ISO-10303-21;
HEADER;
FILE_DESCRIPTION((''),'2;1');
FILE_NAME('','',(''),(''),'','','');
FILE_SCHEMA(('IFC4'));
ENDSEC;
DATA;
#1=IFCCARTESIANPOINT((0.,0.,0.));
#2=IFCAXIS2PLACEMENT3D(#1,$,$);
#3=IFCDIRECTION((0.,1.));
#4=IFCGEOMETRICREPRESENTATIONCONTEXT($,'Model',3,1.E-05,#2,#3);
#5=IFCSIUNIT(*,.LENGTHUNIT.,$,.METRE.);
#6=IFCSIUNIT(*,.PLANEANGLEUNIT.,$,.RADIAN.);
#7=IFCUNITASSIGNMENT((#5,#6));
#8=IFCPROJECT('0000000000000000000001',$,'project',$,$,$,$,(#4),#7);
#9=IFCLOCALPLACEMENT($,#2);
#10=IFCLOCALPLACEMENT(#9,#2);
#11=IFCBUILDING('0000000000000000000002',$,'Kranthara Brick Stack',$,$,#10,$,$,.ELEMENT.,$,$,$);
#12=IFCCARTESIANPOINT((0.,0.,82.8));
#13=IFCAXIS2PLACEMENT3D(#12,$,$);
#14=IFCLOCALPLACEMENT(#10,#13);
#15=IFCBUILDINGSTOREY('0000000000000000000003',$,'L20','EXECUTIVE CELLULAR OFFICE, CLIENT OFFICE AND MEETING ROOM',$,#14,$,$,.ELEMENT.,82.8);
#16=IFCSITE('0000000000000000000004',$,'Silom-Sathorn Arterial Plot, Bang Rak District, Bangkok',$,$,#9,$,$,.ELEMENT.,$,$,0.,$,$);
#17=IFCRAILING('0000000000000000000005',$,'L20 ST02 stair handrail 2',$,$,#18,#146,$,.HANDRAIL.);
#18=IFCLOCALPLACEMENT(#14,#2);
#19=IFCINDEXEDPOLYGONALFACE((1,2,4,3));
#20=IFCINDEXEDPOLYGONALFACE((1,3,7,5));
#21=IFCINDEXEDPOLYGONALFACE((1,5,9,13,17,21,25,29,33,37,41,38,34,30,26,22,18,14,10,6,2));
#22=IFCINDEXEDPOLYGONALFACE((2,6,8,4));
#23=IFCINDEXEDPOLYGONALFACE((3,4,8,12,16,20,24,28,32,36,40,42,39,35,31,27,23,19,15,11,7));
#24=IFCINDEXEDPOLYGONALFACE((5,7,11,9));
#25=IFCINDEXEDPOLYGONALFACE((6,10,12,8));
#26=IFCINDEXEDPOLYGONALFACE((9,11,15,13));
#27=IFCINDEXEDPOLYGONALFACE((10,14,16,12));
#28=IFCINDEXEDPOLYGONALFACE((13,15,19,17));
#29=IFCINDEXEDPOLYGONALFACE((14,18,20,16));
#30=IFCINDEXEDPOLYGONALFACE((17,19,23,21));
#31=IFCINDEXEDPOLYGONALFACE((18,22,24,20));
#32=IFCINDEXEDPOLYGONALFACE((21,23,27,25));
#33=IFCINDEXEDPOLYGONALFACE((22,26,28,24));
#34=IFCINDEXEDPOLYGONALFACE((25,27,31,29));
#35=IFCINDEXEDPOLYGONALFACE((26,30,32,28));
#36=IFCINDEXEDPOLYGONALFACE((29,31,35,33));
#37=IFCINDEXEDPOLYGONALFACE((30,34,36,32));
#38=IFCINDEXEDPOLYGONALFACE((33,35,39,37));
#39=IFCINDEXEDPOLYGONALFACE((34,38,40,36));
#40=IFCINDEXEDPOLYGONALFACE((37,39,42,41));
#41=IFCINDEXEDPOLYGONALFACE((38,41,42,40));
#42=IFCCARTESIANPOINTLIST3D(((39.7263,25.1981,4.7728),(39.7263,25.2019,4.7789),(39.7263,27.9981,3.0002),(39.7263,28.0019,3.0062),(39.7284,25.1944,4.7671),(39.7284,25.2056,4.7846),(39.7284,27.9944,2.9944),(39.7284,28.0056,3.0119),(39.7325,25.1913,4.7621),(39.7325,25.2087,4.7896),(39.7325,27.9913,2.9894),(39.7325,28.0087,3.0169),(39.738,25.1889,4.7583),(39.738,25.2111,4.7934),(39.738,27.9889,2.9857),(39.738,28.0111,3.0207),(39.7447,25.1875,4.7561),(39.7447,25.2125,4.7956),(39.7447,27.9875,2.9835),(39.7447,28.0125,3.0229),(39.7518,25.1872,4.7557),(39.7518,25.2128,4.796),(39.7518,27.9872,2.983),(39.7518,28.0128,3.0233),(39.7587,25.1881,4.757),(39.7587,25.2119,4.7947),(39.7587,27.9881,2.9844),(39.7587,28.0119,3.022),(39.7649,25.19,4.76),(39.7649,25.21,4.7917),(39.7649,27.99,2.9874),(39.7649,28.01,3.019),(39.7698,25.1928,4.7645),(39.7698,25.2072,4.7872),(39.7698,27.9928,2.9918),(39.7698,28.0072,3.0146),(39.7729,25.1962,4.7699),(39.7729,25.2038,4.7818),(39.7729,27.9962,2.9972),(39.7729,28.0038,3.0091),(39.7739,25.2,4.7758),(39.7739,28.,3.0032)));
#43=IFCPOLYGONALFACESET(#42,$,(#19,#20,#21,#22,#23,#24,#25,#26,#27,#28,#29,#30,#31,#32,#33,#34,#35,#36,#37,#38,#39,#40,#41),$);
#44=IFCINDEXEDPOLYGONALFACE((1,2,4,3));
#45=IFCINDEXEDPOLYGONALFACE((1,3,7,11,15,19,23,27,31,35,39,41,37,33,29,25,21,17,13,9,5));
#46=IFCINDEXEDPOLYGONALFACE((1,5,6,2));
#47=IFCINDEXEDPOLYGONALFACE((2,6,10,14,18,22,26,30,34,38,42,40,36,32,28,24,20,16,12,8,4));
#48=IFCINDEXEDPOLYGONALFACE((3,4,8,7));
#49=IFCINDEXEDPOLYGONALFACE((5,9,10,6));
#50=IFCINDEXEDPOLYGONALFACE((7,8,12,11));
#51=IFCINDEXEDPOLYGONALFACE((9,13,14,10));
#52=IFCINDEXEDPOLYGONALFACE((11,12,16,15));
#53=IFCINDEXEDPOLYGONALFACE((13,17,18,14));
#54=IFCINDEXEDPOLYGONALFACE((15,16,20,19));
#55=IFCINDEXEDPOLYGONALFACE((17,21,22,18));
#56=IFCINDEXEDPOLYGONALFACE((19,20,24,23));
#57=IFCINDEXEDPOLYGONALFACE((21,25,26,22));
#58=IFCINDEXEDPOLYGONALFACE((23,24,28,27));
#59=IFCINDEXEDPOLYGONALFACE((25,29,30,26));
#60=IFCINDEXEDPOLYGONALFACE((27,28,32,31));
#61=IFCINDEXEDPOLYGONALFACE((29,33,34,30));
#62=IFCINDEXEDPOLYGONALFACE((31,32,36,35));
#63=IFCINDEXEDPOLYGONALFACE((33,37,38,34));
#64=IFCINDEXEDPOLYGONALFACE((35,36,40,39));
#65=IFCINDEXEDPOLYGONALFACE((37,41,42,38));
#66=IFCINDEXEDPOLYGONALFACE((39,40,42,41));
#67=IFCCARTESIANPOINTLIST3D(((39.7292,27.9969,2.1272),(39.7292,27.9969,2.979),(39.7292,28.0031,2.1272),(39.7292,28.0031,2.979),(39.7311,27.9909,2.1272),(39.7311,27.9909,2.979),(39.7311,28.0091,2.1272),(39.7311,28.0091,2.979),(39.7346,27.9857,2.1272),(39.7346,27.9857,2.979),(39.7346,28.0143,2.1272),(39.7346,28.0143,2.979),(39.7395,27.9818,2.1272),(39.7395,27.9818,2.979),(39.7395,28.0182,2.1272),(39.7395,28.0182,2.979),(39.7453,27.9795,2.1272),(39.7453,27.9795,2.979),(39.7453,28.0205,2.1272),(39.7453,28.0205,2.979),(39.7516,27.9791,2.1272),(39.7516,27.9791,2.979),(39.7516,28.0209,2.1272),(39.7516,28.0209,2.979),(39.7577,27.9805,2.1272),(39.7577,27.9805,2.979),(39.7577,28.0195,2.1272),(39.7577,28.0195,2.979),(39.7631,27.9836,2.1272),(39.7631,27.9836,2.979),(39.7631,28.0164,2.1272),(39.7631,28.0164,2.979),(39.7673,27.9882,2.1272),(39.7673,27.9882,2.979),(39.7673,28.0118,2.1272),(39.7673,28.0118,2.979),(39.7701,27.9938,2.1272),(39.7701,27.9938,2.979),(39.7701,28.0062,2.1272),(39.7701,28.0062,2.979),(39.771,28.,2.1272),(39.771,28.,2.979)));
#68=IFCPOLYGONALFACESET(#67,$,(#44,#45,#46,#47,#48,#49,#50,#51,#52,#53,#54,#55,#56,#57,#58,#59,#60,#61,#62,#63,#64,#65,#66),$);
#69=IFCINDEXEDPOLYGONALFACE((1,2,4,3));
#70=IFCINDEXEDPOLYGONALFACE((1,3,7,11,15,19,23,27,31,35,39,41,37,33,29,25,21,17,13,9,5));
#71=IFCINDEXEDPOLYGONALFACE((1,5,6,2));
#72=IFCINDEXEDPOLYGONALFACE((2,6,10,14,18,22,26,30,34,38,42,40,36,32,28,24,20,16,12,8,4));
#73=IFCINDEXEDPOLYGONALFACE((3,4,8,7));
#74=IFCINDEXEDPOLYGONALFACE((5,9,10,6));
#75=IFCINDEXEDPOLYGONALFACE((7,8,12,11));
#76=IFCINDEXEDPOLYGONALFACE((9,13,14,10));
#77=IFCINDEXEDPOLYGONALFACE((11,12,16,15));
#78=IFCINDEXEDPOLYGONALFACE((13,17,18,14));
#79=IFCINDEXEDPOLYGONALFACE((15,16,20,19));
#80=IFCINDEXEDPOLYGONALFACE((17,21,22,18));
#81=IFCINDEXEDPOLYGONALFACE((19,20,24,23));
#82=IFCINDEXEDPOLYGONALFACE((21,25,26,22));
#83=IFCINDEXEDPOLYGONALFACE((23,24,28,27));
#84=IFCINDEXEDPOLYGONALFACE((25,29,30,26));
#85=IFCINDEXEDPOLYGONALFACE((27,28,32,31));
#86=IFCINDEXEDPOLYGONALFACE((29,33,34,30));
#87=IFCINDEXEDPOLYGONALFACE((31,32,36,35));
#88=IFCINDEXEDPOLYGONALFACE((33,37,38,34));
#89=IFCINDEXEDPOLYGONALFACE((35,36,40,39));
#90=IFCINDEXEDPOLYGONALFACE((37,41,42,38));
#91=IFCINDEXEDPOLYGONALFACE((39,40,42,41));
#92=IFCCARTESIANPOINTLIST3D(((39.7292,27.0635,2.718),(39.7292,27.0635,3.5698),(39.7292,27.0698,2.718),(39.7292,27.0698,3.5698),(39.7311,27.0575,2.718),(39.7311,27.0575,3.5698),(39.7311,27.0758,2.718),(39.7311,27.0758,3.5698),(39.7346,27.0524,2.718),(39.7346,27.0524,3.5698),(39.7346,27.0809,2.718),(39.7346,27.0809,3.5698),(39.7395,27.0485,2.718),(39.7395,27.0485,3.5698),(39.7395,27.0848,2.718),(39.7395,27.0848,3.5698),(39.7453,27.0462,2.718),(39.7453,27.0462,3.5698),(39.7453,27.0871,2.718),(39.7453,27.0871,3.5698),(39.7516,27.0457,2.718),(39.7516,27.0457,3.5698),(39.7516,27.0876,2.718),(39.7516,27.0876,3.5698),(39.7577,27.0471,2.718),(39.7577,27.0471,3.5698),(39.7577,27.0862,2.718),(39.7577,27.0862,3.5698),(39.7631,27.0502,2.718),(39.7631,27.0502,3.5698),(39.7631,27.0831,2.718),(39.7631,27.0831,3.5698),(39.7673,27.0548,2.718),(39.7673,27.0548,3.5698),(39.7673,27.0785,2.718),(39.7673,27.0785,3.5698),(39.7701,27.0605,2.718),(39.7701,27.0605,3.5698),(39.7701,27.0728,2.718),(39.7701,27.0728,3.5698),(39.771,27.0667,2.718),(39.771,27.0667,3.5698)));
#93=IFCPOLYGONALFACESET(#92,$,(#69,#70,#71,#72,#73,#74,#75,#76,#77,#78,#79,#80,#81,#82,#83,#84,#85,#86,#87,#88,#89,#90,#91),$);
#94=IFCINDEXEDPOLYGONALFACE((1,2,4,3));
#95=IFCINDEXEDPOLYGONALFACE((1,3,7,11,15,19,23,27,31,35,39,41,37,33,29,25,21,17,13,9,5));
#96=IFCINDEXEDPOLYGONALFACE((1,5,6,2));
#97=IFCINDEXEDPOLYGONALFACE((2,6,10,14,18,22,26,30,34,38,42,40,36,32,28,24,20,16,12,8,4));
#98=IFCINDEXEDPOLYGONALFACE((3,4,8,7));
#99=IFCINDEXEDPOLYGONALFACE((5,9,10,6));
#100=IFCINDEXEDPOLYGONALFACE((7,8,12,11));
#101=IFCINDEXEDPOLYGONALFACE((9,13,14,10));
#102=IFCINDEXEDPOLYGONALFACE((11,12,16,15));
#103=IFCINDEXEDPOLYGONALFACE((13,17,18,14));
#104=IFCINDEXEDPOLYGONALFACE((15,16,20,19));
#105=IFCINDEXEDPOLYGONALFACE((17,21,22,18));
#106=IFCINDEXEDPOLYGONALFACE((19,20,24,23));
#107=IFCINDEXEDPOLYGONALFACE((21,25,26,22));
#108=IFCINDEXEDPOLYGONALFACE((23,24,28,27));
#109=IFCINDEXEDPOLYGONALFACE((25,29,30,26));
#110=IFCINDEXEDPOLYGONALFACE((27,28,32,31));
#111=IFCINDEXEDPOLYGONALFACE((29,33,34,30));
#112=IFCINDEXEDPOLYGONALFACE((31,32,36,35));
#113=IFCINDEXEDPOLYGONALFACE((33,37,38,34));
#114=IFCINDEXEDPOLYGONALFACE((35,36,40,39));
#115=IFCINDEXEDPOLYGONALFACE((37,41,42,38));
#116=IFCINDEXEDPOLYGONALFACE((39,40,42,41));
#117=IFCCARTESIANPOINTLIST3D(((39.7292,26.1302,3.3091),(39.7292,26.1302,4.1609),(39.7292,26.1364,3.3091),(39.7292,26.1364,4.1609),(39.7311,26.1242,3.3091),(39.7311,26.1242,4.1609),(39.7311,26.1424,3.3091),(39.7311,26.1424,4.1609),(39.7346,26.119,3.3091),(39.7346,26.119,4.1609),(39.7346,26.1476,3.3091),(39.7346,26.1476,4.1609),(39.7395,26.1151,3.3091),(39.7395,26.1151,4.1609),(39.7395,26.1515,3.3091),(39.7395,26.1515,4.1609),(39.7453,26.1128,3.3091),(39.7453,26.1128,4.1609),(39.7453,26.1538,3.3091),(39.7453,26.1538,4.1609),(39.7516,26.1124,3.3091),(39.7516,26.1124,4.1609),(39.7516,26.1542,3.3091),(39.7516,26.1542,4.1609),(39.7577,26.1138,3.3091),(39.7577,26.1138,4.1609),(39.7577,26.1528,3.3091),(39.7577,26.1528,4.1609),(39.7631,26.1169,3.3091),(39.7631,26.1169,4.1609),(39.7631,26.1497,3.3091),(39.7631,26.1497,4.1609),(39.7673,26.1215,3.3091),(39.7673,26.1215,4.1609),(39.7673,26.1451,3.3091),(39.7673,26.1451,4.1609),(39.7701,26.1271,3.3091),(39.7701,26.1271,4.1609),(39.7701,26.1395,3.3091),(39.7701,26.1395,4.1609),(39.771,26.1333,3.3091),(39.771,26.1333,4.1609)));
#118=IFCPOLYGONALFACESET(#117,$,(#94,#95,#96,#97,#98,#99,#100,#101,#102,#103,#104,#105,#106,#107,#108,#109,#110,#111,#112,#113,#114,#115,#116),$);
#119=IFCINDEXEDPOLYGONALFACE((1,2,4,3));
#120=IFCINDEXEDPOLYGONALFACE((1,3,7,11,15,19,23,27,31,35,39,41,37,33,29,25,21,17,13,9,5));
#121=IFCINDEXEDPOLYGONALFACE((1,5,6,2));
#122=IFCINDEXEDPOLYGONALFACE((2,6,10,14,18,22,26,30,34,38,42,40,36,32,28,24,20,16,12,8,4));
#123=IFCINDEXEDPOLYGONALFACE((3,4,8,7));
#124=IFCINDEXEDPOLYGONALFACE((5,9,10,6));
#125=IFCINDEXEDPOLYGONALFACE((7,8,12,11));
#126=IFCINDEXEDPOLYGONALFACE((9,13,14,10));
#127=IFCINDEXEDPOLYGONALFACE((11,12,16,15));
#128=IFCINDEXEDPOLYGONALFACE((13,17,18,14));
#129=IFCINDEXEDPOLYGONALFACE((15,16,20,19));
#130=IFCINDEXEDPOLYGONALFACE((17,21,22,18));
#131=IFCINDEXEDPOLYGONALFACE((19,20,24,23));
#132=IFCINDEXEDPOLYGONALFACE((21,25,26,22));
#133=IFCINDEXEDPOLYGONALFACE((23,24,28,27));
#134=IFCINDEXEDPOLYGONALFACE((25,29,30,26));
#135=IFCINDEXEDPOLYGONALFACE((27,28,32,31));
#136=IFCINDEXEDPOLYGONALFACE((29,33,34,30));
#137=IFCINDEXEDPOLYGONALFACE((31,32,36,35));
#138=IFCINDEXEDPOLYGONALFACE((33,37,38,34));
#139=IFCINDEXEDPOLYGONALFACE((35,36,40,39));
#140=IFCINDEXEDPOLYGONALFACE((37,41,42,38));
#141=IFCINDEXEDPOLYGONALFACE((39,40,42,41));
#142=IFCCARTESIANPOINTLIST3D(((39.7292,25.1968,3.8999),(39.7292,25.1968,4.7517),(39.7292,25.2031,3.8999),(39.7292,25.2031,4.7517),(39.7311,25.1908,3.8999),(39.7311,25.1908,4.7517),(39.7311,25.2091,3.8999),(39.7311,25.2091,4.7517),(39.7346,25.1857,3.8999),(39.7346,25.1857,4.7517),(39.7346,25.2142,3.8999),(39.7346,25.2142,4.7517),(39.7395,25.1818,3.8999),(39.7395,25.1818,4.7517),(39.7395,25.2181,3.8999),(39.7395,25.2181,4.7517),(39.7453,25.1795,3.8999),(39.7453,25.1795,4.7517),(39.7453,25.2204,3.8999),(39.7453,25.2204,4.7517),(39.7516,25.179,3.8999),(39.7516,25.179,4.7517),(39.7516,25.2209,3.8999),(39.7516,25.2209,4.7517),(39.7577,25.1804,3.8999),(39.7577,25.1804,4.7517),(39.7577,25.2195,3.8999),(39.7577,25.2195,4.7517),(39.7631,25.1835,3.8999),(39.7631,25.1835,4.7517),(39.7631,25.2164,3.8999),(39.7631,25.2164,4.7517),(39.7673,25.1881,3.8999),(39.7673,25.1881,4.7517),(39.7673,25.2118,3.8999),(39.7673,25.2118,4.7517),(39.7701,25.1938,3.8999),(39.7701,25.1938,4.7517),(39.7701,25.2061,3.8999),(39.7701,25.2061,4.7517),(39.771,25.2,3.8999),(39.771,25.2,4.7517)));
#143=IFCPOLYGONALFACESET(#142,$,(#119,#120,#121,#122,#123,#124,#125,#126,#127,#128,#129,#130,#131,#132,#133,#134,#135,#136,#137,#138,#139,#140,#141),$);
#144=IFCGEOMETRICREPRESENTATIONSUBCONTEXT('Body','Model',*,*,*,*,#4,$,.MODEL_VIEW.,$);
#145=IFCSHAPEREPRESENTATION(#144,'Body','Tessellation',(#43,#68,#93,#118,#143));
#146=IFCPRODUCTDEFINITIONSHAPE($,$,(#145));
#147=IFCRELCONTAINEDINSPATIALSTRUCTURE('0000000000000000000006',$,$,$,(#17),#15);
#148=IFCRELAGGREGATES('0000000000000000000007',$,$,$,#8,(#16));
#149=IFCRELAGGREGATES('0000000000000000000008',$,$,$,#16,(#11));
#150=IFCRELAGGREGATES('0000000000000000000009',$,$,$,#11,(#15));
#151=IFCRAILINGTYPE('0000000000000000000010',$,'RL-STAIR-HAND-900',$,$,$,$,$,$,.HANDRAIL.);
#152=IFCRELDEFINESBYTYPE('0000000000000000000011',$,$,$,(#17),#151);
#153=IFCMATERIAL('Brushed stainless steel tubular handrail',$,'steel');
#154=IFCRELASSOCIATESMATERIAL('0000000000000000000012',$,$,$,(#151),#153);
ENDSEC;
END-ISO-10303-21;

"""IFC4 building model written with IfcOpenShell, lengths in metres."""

from ifc_helpers import new_model, si_unit, direction, frame, origin, origin_2d, place, context, subcontext, project, spatial, circle, extrude, material, type_object, element, save


model = new_model("IFC4")

# Units and contexts
model_context = context("Model", 3, precision=1e-05, world=origin(), true_north=direction((0.0, 1.0)))
body_context = subcontext(model_context, "Body", "Model", "MODEL_VIEW")
ifc_project = project(units=[si_unit("LENGTHUNIT", "METRE"), si_unit("PLANEANGLEUNIT", "RADIAN")], contexts=[model_context])

# Site, building, storey
site_placement = place(None, origin())
site = spatial("IfcSite", under=ifc_project, at=site_placement, Name="Silom-Sathorn Arterial Plot, Bang Rak District, Bangkok", CompositionType="ELEMENT", RefElevation=0.0)
building_placement = place(site_placement, origin())
building = spatial("IfcBuilding", under=site, at=building_placement, Name="Kranthara Brick Stack", CompositionType="ELEMENT")
storey_placement = place(building_placement, frame((0.0, 0.0, 82.8)))
storey = spatial("IfcBuildingStorey", under=building, at=storey_placement, Name="L20", Description="EXECUTIVE CELLULAR OFFICE, CLIENT OFFICE AND MEETING ROOM", CompositionType="ELEMENT", Elevation=82.8)

# Railing
ifc_material_1 = material(Name="Brushed stainless steel tubular handrail", Category="steel")
railing_type_1 = type_object("IfcRailingType", Name="RL-STAIR-HAND-900", PredefinedType="HANDRAIL", material=ifc_material_1)
railing_1_placement = place(storey_placement, frame((39.75, 28.0, 2.1272)))
element("IfcRailing", 1, at=railing_1_placement, inside=storey, type_object=railing_type_1, Name="L20 ST02 stair handrail 2", PredefinedType="HANDRAIL", context=body_context, shape_type="SweptSolid", body=[
    extrude(circle(Radius=0.0239, at=origin_2d()), frame((0.0, 0.0, 0.876), z_axis=(0.0, -0.844909, 0.53491), x_axis=(1.0, 0.0, 0.0)), (0.0, 0.0, 1.0), 3.314),
    extrude(circle(Radius=0.021, at=origin_2d()), origin(), (0.0, 0.0, 1.0), 0.8518),
    extrude(circle(Radius=0.021, at=origin_2d()), frame((0.0, -0.9333, 0.5908)), (0.0, 0.0, 1.0), 0.8518),
    extrude(circle(Radius=0.021, at=origin_2d()), frame((0.0, -1.8667, 1.1819)), (0.0, 0.0, 1.0), 0.8518),
    extrude(circle(Radius=0.021, at=origin_2d()), frame((0.0, -2.8, 1.7727)), (0.0, 0.0, 1.0), 0.8518),
])

save(model, "model.ifc")
